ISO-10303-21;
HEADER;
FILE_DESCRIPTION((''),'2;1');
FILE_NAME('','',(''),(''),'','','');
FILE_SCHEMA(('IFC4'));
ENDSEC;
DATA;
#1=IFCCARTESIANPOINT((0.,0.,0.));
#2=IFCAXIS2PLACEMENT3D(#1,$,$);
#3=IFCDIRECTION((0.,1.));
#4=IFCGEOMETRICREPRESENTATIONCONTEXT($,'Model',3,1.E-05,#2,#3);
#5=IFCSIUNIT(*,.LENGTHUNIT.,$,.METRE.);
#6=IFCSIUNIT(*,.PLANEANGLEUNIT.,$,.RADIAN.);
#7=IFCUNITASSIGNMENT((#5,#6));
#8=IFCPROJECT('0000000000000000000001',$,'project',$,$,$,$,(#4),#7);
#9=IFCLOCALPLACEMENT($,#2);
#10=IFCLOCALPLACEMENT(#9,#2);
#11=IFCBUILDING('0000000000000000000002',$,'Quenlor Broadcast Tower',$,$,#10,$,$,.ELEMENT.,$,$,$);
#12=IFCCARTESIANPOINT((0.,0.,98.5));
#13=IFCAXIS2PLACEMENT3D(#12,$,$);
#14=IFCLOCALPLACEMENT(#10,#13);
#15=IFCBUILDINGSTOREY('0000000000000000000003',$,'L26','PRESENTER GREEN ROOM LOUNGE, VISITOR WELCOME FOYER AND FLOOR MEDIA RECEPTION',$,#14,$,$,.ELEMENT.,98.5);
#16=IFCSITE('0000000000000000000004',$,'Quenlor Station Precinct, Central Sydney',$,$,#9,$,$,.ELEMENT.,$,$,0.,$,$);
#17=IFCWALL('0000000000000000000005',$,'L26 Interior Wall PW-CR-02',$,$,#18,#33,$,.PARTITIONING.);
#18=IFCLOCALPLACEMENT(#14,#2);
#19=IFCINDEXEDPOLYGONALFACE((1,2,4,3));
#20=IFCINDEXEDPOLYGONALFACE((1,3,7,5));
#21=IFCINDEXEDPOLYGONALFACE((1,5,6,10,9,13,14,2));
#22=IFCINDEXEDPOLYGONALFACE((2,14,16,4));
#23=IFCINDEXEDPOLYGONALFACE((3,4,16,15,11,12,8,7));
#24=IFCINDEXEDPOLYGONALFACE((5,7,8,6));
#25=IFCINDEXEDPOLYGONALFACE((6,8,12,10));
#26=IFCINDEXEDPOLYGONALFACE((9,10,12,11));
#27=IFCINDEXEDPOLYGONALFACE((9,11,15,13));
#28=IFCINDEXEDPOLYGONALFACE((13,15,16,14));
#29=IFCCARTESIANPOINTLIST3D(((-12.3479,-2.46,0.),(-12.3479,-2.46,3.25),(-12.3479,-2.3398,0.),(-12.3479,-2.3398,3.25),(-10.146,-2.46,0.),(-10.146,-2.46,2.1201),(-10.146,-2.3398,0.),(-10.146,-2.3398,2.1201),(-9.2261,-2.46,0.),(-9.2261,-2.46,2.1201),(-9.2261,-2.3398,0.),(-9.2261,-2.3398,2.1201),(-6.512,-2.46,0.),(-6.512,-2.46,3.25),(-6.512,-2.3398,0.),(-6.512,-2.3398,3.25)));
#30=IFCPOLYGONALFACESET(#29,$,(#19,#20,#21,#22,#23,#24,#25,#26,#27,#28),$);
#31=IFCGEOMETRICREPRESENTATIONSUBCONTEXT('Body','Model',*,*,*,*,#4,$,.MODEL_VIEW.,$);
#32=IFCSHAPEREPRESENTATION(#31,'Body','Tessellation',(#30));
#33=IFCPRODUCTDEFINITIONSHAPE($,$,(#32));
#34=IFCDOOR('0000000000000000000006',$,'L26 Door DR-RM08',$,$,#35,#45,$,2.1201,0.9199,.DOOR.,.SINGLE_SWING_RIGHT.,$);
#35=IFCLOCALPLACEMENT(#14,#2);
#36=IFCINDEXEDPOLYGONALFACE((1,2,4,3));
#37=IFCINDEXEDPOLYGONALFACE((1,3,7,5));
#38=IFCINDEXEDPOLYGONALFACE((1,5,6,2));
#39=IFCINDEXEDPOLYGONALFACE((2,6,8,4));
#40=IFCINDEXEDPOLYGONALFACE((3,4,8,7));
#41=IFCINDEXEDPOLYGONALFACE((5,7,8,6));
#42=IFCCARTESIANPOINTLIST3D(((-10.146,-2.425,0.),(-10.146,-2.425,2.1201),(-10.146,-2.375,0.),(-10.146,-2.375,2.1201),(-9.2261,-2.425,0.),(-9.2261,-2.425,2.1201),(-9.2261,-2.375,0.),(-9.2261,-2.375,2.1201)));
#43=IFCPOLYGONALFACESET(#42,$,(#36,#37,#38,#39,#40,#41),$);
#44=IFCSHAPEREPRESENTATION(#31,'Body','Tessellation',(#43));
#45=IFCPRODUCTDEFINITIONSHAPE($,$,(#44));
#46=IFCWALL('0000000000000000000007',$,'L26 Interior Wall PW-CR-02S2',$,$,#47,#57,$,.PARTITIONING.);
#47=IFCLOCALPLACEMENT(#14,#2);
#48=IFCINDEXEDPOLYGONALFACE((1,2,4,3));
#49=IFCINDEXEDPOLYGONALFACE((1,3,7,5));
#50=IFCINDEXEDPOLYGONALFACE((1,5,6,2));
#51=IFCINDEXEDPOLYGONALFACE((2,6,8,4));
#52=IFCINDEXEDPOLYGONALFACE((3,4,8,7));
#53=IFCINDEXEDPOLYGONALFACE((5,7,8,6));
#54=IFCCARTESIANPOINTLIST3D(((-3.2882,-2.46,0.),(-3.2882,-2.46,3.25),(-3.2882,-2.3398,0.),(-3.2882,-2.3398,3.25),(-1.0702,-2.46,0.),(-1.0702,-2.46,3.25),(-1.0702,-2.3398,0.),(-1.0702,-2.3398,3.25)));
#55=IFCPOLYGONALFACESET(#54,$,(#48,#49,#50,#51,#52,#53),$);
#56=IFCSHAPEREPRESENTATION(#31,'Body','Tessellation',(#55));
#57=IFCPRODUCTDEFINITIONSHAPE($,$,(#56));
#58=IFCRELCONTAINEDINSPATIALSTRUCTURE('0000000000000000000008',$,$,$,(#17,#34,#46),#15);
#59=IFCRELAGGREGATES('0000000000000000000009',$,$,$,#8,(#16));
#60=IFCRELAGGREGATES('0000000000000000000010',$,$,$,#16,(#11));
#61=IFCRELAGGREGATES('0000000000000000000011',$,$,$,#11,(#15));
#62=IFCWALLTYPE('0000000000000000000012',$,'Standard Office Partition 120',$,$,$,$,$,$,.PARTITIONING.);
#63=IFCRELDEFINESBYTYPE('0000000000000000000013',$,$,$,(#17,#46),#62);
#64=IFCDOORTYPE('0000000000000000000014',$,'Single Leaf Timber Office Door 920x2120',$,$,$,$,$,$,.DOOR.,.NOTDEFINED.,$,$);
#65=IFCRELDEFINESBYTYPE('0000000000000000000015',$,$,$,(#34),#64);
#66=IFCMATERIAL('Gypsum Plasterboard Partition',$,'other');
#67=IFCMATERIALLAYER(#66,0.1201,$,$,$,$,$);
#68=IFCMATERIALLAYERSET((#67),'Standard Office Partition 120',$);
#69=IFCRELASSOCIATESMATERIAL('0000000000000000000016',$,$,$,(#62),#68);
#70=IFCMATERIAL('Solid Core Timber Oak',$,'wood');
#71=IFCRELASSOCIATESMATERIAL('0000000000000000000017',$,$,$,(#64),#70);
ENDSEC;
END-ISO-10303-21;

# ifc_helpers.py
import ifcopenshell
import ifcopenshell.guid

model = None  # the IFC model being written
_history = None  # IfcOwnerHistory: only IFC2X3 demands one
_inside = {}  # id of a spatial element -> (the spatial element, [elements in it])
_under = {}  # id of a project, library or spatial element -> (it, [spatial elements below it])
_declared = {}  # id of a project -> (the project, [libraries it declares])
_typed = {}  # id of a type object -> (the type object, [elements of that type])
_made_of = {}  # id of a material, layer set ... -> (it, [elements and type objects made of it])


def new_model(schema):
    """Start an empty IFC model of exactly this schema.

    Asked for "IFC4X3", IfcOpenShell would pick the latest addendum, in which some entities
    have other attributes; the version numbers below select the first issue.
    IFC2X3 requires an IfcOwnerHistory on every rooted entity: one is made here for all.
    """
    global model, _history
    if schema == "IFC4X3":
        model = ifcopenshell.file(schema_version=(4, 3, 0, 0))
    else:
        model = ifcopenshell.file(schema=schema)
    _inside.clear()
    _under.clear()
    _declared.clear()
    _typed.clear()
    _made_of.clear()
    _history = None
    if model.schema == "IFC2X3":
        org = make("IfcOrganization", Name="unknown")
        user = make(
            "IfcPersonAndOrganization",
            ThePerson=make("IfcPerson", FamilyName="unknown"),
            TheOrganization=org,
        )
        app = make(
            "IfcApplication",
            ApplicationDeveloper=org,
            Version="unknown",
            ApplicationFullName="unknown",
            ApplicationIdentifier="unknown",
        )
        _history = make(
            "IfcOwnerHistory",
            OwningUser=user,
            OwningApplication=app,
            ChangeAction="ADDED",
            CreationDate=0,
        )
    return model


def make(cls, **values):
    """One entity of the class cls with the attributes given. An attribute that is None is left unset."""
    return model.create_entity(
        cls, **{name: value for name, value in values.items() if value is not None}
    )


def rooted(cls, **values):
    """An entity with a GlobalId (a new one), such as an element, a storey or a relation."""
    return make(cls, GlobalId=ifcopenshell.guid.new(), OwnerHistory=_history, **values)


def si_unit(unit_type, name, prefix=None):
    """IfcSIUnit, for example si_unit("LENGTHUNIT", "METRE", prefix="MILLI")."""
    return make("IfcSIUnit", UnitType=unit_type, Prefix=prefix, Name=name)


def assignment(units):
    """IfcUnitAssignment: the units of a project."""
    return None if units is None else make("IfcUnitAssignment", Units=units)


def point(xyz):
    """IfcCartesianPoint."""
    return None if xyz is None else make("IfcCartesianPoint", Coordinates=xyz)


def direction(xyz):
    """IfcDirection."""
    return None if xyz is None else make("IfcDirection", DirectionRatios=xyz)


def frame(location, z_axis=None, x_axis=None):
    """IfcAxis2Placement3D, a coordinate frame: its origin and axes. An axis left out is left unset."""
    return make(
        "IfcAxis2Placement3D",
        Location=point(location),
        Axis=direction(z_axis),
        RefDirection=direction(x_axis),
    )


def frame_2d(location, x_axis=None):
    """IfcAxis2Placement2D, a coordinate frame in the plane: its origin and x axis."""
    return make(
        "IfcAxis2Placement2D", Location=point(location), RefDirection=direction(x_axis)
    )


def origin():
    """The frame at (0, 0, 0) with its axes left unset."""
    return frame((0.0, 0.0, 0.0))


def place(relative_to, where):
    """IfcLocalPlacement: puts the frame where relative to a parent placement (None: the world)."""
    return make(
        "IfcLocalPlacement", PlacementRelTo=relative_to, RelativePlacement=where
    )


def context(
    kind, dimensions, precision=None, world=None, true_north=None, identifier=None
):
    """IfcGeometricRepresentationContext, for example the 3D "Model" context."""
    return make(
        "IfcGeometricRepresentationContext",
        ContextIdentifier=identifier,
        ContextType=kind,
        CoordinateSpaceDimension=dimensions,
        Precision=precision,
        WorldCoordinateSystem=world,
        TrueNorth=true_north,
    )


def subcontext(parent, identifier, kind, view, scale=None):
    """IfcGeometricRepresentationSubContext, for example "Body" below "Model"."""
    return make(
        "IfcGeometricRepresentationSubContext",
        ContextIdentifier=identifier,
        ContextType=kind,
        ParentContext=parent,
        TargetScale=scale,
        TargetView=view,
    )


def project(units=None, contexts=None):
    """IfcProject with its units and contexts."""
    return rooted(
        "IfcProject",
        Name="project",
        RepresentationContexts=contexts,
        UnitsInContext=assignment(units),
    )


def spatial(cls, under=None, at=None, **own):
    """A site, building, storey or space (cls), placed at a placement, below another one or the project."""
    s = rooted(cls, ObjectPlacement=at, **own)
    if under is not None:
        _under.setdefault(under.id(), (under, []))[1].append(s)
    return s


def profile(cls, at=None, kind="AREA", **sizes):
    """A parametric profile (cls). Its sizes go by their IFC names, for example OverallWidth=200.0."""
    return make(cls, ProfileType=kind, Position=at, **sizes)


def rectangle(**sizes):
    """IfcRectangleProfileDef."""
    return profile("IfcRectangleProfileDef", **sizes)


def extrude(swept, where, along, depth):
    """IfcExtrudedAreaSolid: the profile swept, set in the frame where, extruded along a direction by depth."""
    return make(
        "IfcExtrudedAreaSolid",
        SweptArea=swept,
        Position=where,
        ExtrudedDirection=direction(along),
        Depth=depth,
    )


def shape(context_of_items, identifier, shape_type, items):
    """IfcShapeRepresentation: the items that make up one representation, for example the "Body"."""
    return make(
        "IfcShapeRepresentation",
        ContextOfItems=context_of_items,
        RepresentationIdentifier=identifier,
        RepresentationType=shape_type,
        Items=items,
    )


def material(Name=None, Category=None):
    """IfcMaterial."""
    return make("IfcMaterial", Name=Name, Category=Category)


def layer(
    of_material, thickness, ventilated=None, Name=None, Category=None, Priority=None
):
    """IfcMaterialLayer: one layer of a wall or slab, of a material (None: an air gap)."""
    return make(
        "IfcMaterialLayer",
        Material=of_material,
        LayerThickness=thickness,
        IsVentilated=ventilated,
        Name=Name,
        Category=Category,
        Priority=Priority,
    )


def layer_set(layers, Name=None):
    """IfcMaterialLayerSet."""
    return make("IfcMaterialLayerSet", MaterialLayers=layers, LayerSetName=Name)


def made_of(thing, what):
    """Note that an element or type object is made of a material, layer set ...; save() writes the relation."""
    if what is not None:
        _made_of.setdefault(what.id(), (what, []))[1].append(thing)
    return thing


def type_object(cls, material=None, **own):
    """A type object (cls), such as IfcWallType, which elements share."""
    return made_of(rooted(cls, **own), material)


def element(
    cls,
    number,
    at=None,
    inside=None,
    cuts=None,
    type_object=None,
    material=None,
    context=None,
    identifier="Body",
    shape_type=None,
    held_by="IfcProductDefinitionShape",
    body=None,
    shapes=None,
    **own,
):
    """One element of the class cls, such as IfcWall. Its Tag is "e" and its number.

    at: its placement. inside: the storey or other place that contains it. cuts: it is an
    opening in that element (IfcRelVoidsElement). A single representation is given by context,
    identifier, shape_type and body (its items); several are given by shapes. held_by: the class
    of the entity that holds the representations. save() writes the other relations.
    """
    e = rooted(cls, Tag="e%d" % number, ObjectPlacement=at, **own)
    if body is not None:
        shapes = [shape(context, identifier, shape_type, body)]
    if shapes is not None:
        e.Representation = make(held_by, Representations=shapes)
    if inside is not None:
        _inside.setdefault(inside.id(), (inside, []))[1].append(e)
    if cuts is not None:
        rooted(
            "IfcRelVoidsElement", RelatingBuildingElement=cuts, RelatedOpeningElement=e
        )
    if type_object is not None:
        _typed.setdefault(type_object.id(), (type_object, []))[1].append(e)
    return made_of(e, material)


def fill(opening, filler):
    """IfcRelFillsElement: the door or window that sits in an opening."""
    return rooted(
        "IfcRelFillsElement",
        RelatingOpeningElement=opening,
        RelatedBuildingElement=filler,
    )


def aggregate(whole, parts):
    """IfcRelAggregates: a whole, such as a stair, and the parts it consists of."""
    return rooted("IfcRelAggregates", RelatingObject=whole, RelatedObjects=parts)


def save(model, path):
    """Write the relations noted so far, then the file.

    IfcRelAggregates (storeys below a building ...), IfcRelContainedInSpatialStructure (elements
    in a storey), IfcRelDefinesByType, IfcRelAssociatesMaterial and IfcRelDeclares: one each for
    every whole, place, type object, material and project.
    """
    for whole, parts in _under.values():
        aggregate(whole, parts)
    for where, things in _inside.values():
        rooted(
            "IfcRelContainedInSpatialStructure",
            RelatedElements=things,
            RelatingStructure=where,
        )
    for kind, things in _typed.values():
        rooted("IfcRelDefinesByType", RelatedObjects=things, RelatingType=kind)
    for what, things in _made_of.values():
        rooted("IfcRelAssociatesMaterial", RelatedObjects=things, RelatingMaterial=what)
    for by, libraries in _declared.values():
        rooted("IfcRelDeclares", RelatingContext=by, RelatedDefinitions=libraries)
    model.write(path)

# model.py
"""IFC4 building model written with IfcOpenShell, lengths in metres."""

from ifc_helpers import new_model, si_unit, direction, frame, frame_2d, origin, place, context, subcontext, project, spatial, rectangle, extrude, material, layer, layer_set, type_object, element, fill, save


model = new_model("IFC4")

# Units and contexts
model_context = context("Model", 3, precision=1e-05, world=origin(), true_north=direction((0.0, 1.0)))
body_context = subcontext(model_context, "Body", "Model", "MODEL_VIEW")
ifc_project = project(units=[si_unit("LENGTHUNIT", "METRE"), si_unit("PLANEANGLEUNIT", "RADIAN")], contexts=[model_context])

# Site, building, storey
site_placement = place(None, origin())
site = spatial("IfcSite", under=ifc_project, at=site_placement, Name="Quenlor Station Precinct, Central Sydney", CompositionType="ELEMENT", RefElevation=0.0)
building_placement = place(site_placement, origin())
building = spatial("IfcBuilding", under=site, at=building_placement, Name="Quenlor Broadcast Tower", CompositionType="ELEMENT")
storey_placement = place(building_placement, frame((0.0, 0.0, 98.5)))
storey = spatial("IfcBuildingStorey", under=building, at=storey_placement, Name="L26", Description="PRESENTER GREEN ROOM LOUNGE, VISITOR WELCOME FOYER AND FLOOR MEDIA RECEPTION", CompositionType="ELEMENT", Elevation=98.5)

# Shared definitions
ifc_material_1 = material(Name="Gypsum Plasterboard Partition", Category="other")
ifc_layer_1 = layer(ifc_material_1, 0.1201)
ifc_layer_set_1 = layer_set([ifc_layer_1], Name="Standard Office Partition 120")
wall_type_1 = type_object("IfcWallType", Name="Standard Office Partition 120", PredefinedType="PARTITIONING", material=ifc_layer_set_1)

# Wall, opening, door
wall_1_placement = place(storey_placement, frame((-12.3479, -2.3999, 0.0), z_axis=(0.0, 0.0, 1.0), x_axis=(1.0, 0.0, 0.0)))
wall_1 = element("IfcWall", 1, at=wall_1_placement, inside=storey, type_object=wall_type_1, Name="L26 Interior Wall PW-CR-02", PredefinedType="PARTITIONING", context=body_context, shape_type="SweptSolid", body=[
    extrude(rectangle(XDim=5.8359, YDim=0.1201, at=frame_2d((2.918, 0.0))), origin(), (0.0, 0.0, 1.0), 3.25),
])
opening_1_placement = place(wall_1_placement, frame((2.2019, 0.0, 0.0)))
opening_1 = element("IfcOpeningElement", 2, at=opening_1_placement, cuts=wall_1, PredefinedType="OPENING", context=body_context, shape_type="SweptSolid", body=[
    extrude(rectangle(XDim=0.9199, YDim=2.1201, at=frame_2d((0.46, 1.0601))), frame((0.0, 0.0701, 0.0), z_axis=(0.0, -1.0, 0.0), x_axis=(1.0, 0.0, 0.0)), (0.0, 0.0, 1.0), 0.1401),
])
ifc_material_2 = material(Name="Solid Core Timber Oak", Category="wood")
door_type_1 = type_object("IfcDoorType", Name="Single Leaf Timber Office Door 920x2120", OperationType="NOTDEFINED", PredefinedType="DOOR", material=ifc_material_2)
door_1_placement = place(opening_1_placement, origin())
door_1 = element("IfcDoor", 3, at=door_1_placement, inside=storey, type_object=door_type_1, Name="L26 Door DR-RM08", OperationType="SINGLE_SWING_RIGHT", OverallHeight=2.1201, OverallWidth=0.9199, PredefinedType="DOOR", context=body_context, shape_type="SweptSolid", body=[
    extrude(rectangle(XDim=0.9199, YDim=2.1201, at=frame_2d((0.46, 1.0601))), frame((0.0, 0.0249, 0.0), z_axis=(0.0, -1.0, 0.0), x_axis=(1.0, 0.0, 0.0)), (0.0, 0.0, 1.0), 0.05),
])
fill(opening_1, door_1)

# Wall
wall_2_placement = place(storey_placement, frame((-3.2881, -2.3999, 0.0), z_axis=(0.0, 0.0, 1.0), x_axis=(1.0, 0.0, 0.0)))
element("IfcWall", 4, at=wall_2_placement, inside=storey, type_object=wall_type_1, Name="L26 Interior Wall PW-CR-02S2", PredefinedType="PARTITIONING", context=body_context, shape_type="SweptSolid", body=[
    extrude(rectangle(XDim=2.218, YDim=0.1201, at=frame_2d((1.1089, 0.0))), origin(), (0.0, 0.0, 1.0), 3.25),
])

save(model, "model.ifc")
